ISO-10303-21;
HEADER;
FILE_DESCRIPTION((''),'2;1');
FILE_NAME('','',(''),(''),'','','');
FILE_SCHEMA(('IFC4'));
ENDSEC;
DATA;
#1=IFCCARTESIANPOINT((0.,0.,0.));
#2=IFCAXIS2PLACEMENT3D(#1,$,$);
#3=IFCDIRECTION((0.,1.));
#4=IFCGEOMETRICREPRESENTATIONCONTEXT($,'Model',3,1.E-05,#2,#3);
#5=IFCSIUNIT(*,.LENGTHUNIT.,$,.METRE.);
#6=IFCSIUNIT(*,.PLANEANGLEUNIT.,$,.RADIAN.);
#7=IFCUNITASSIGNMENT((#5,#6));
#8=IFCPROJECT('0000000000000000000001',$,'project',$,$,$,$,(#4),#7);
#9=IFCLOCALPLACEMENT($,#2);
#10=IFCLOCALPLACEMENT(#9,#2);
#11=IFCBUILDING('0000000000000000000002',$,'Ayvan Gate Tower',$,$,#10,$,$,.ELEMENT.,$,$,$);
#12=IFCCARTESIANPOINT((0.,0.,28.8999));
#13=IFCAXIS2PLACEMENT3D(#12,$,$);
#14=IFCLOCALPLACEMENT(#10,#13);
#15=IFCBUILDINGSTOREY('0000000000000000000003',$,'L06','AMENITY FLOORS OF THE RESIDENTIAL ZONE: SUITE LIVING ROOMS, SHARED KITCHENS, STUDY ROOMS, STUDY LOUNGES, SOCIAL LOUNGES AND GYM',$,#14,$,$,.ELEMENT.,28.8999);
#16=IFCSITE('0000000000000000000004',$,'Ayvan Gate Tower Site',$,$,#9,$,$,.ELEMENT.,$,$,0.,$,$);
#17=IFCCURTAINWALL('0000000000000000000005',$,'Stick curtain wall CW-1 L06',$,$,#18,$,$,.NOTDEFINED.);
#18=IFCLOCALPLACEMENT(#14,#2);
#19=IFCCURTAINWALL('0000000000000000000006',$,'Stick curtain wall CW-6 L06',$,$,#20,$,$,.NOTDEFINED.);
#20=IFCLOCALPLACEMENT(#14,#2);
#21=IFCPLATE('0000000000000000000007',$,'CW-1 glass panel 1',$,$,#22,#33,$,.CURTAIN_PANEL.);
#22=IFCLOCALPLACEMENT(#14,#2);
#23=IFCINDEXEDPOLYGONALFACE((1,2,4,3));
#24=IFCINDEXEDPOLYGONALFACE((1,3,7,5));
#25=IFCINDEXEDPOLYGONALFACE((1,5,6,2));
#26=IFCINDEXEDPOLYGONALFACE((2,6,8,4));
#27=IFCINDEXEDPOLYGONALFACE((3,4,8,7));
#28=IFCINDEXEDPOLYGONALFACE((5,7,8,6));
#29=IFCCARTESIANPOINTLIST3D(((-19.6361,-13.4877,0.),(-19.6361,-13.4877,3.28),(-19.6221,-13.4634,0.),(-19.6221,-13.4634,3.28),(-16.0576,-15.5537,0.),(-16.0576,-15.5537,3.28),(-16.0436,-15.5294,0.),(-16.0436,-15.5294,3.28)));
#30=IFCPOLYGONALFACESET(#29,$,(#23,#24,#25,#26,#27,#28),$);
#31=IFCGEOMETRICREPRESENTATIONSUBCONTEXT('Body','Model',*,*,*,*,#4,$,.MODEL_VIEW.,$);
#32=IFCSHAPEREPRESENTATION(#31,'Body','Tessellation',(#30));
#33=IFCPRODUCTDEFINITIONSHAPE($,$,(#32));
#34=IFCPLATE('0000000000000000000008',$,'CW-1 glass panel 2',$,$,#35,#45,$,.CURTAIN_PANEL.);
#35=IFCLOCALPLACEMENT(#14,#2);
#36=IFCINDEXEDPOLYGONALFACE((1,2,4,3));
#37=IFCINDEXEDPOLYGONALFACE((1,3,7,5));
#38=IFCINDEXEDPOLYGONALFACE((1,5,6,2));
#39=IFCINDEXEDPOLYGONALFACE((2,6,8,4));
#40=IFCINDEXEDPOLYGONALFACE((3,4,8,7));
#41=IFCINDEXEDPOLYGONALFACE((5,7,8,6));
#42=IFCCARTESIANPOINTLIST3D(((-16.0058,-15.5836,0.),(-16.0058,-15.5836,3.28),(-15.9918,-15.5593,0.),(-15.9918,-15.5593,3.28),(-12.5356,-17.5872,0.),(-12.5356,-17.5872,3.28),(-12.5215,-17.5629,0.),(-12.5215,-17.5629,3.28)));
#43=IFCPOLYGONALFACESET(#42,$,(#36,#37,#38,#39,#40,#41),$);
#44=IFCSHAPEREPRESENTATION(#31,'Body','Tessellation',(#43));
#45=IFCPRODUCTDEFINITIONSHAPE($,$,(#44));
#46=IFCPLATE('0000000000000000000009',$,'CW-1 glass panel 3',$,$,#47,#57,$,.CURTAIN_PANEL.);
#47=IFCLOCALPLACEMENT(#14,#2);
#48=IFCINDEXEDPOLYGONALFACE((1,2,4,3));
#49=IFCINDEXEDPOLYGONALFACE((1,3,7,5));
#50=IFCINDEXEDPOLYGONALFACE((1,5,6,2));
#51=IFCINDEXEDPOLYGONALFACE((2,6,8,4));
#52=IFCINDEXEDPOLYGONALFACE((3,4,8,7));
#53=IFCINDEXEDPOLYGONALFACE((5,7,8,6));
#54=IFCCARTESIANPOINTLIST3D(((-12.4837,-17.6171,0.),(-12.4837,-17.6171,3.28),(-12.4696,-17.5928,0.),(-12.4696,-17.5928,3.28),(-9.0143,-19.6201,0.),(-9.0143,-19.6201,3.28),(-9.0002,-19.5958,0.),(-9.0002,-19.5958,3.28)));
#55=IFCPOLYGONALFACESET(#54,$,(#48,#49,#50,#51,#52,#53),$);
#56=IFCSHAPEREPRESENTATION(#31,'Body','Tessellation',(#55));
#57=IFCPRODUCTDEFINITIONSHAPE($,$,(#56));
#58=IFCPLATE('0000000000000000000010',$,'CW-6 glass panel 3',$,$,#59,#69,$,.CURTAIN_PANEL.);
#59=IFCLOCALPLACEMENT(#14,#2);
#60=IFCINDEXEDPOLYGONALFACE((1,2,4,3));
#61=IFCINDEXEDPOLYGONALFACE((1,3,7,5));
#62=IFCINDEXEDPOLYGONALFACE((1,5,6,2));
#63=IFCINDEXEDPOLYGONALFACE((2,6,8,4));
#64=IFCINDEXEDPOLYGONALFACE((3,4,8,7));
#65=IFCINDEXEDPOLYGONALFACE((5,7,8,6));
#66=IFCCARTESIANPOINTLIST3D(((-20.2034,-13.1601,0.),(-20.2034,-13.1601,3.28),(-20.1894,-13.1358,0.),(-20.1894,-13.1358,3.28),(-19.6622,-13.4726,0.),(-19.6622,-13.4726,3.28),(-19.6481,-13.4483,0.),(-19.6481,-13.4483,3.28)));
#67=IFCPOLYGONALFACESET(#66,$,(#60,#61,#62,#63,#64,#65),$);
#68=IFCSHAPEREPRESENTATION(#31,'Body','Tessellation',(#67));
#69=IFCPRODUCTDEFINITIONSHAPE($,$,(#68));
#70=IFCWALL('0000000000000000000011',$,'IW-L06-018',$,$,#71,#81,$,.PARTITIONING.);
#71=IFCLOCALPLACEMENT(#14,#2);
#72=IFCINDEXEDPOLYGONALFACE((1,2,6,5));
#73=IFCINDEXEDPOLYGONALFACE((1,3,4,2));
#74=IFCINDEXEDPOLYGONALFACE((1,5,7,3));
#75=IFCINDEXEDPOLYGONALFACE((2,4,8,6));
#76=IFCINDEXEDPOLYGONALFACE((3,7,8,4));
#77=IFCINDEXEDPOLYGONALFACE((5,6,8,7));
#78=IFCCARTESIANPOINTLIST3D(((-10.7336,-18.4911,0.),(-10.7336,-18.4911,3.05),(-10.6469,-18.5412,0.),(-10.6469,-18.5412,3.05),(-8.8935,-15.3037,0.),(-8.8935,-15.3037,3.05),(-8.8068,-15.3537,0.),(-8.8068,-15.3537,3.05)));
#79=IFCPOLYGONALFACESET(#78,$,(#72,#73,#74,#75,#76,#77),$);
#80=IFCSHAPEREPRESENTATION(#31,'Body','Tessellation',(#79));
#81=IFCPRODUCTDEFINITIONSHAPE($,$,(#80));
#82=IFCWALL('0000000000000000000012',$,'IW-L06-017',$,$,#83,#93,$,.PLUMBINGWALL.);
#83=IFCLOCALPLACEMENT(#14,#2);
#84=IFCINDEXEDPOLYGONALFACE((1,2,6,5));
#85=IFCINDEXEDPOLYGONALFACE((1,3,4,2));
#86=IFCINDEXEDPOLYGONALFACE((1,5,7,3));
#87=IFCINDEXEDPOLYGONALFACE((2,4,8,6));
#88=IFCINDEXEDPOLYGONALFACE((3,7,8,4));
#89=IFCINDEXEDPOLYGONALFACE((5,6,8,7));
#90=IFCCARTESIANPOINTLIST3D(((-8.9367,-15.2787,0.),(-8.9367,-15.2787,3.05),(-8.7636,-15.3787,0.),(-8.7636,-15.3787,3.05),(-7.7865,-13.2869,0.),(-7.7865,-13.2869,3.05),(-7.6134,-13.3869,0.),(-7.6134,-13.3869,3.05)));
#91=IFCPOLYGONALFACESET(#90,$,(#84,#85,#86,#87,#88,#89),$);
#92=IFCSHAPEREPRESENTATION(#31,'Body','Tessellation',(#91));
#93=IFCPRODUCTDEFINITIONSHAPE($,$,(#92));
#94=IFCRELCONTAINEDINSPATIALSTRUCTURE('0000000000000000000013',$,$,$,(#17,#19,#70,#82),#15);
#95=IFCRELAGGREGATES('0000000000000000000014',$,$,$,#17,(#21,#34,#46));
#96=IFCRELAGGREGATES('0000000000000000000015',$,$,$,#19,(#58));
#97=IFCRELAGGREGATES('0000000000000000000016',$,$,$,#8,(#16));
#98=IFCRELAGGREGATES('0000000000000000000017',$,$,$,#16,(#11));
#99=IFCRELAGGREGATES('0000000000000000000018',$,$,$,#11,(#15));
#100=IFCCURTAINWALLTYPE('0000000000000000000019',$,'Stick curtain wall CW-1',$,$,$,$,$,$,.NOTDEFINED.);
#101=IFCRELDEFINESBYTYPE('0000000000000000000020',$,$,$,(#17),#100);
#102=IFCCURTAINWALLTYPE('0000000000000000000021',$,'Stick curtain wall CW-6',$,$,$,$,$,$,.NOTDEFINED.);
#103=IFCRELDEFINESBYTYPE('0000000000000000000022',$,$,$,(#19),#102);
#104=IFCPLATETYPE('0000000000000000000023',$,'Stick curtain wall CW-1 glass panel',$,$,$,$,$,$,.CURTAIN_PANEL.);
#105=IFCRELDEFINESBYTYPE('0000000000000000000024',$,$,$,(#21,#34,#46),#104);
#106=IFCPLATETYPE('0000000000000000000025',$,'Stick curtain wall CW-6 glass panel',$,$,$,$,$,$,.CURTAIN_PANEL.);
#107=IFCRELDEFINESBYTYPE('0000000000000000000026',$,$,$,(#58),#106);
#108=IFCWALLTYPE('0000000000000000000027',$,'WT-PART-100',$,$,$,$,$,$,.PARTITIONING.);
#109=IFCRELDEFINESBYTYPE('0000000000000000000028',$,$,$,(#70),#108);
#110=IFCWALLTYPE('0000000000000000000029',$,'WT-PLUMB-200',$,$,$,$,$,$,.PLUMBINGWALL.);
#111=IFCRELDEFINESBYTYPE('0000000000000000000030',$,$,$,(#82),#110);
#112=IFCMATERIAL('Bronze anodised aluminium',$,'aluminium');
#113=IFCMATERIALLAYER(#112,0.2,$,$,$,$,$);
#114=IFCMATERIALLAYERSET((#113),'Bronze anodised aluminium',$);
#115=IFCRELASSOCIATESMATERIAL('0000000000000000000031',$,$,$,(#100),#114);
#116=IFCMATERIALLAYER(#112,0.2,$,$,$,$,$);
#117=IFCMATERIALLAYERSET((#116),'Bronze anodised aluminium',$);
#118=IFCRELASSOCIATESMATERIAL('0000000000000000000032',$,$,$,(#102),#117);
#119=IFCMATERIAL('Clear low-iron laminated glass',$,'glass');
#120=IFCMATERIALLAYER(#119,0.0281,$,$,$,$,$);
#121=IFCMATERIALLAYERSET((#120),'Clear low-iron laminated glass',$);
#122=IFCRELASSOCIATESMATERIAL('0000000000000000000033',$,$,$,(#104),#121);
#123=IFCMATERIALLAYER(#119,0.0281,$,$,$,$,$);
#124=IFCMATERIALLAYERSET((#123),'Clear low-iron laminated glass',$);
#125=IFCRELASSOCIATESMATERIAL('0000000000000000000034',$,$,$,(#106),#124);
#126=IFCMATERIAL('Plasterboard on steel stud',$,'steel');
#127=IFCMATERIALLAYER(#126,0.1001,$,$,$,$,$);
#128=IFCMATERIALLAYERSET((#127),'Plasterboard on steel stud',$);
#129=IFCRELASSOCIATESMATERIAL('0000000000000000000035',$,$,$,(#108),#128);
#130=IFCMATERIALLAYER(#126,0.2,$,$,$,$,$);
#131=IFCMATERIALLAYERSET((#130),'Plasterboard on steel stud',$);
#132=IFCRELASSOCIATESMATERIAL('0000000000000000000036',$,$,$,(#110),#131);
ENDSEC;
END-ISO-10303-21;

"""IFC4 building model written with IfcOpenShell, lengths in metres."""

from ifc_helpers import new_model, si_unit, direction, frame, frame_2d, origin, origin_2d, place, context, subcontext, project, spatial, rectangle, extrude, material, layer, layer_set, type_object, element, aggregate, save


model = new_model("IFC4")

# Units and contexts
model_context = context("Model", 3, precision=1e-05, world=origin(), true_north=direction((0.0, 1.0)))
body_context = subcontext(model_context, "Body", "Model", "MODEL_VIEW")
ifc_project = project(units=[si_unit("LENGTHUNIT", "METRE"), si_unit("PLANEANGLEUNIT", "RADIAN")], contexts=[model_context])

# Site, building, storey
site_placement = place(None, origin())
site = spatial("IfcSite", under=ifc_project, at=site_placement, Name="Ayvan Gate Tower Site", CompositionType="ELEMENT", RefElevation=0.0)
building_placement = place(site_placement, origin())
building = spatial("IfcBuilding", under=site, at=building_placement, Name="Ayvan Gate Tower", CompositionType="ELEMENT")
storey_placement = place(building_placement, frame((0.0, 0.0, 28.8999)))
storey = spatial("IfcBuildingStorey", under=building, at=storey_placement, Name="L06", Description="AMENITY FLOORS OF THE RESIDENTIAL ZONE: SUITE LIVING ROOMS, SHARED KITCHENS, STUDY ROOMS, STUDY LOUNGES, SOCIAL LOUNGES AND GYM", CompositionType="ELEMENT", Elevation=28.8999)

# Curtain walls
ifc_material_1 = material(Name="Bronze anodised aluminium", Category="aluminium")
ifc_layer_1 = layer(ifc_material_1, 0.2)
ifc_layer_set_1 = layer_set([ifc_layer_1], Name="Bronze anodised aluminium")
curtain_wall_type_1 = type_object("IfcCurtainWallType", Name="Stick curtain wall CW-1", PredefinedType="NOTDEFINED", material=ifc_layer_set_1)
curtain_wall_1_placement = place(storey_placement, origin())
curtain_wall_1 = element("IfcCurtainWall", 1, at=curtain_wall_1_placement, inside=storey, type_object=curtain_wall_type_1, Name="Stick curtain wall CW-1 L06", PredefinedType="NOTDEFINED")
ifc_layer_2 = layer(ifc_material_1, 0.2)
ifc_layer_set_2 = layer_set([ifc_layer_2], Name="Bronze anodised aluminium")
curtain_wall_type_2 = type_object("IfcCurtainWallType", Name="Stick curtain wall CW-6", PredefinedType="NOTDEFINED", material=ifc_layer_set_2)
curtain_wall_2_placement = place(storey_placement, origin())
curtain_wall_2 = element("IfcCurtainWall", 2, at=curtain_wall_2_placement, inside=storey, type_object=curtain_wall_type_2, Name="Stick curtain wall CW-6 L06", PredefinedType="NOTDEFINED")

# Plates
ifc_material_2 = material(Name="Clear low-iron laminated glass", Category="glass")
ifc_layer_3 = layer(ifc_material_2, 0.0281)
ifc_layer_set_3 = layer_set([ifc_layer_3], Name="Clear low-iron laminated glass")
plate_type_1 = type_object("IfcPlateType", Name="Stick curtain wall CW-1 glass panel", PredefinedType="CURTAIN_PANEL", material=ifc_layer_set_3)
plate_1_placement = place(storey_placement, frame((-17.8398, -14.5085, 0.0), z_axis=(0.0, 0.0, 1.0), x_axis=(0.866025, -0.5, 0.0)))
plate_1 = element("IfcPlate", 3, at=plate_1_placement, type_object=plate_type_1, Name="CW-1 glass panel 1", PredefinedType="CURTAIN_PANEL", context=body_context, shape_type="SweptSolid", body=[
    extrude(rectangle(XDim=4.1321, YDim=0.0281, at=origin_2d()), origin(), (0.0, 0.0, 1.0), 3.28),
])
plate_2_placement = place(storey_placement, frame((-14.2637, -16.5732, 0.0), z_axis=(0.0, 0.0, 1.0), x_axis=(0.866025, -0.5, 0.0)))
plate_2 = element("IfcPlate", 4, at=plate_2_placement, type_object=plate_type_1, Name="CW-1 glass panel 2", PredefinedType="CURTAIN_PANEL", context=body_context, shape_type="SweptSolid", body=[
    extrude(rectangle(XDim=4.0071, YDim=0.0281, at=origin_2d()), origin(), (0.0, 0.0, 1.0), 3.28),
])
plate_3_placement = place(storey_placement, frame((-10.7419, -18.6064, 0.0), z_axis=(0.0, 0.0, 1.0), x_axis=(0.866025, -0.5, 0.0)))
plate_3 = element("IfcPlate", 5, at=plate_3_placement, type_object=plate_type_1, Name="CW-1 glass panel 3", PredefinedType="CURTAIN_PANEL", context=body_context, shape_type="SweptSolid", body=[
    extrude(rectangle(XDim=4.0061, YDim=0.0281, at=origin_2d()), origin(), (0.0, 0.0, 1.0), 3.28),
])
aggregate(curtain_wall_1, [plate_1, plate_2, plate_3])
ifc_layer_4 = layer(ifc_material_2, 0.0281)
ifc_layer_set_4 = layer_set([ifc_layer_4], Name="Clear low-iron laminated glass")
plate_type_2 = type_object("IfcPlateType", Name="Stick curtain wall CW-6 glass panel", PredefinedType="CURTAIN_PANEL", material=ifc_layer_set_4)
plate_4_placement = place(storey_placement, frame((-19.9258, -13.3042, 0.0), z_axis=(0.0, 0.0, 1.0), x_axis=(0.866025, -0.5, 0.0)))
plate_4 = element("IfcPlate", 6, at=plate_4_placement, type_object=plate_type_2, Name="CW-6 glass panel 3", PredefinedType="CURTAIN_PANEL", context=body_context, shape_type="SweptSolid", body=[
    extrude(rectangle(XDim=0.625, YDim=0.0281, at=origin_2d()), origin(), (0.0, 0.0, 1.0), 3.28),
])
aggregate(curtain_wall_2, [plate_4])

# Walls
ifc_material_3 = material(Name="Plasterboard on steel stud", Category="steel")
ifc_layer_5 = layer(ifc_material_3, 0.1001)
ifc_layer_set_5 = layer_set([ifc_layer_5], Name="Plasterboard on steel stud")
wall_type_1 = type_object("IfcWallType", Name="WT-PART-100", PredefinedType="PARTITIONING", material=ifc_layer_set_5)
wall_1_placement = place(storey_placement, frame((-8.8501, -15.3286, 0.0), z_axis=(0.0, 0.0, 1.0), x_axis=(-0.499956, -0.866051, 0.0)))
element("IfcWall", 7, at=wall_1_placement, inside=storey, type_object=wall_type_1, Name="IW-L06-018", PredefinedType="PARTITIONING", context=body_context, shape_type="SweptSolid", body=[
    extrude(rectangle(XDim=3.6804, YDim=0.1001, at=frame_2d((1.8403, 0.0))), origin(), (0.0, 0.0, 1.0), 3.05),
])
ifc_layer_6 = layer(ifc_material_3, 0.2)
ifc_layer_set_6 = layer_set([ifc_layer_6], Name="Plasterboard on steel stud")
wall_type_2 = type_object("IfcWallType", Name="WT-PLUMB-200", PredefinedType="PLUMBINGWALL", material=ifc_layer_set_6)
wall_2_placement = place(storey_placement, frame((-8.8501, -15.3286, 0.0), z_axis=(0.0, 0.0, 1.0), x_axis=(0.500078, 0.865981, 0.0)))
element("IfcWall", 8, at=wall_2_placement, inside=storey, type_object=wall_type_2, Name="IW-L06-017", PredefinedType="PLUMBINGWALL", context=body_context, shape_type="SweptSolid", body=[
    extrude(rectangle(XDim=2.3, YDim=0.2, at=frame_2d((1.1499, 0.0))), origin(), (0.0, 0.0, 1.0), 3.05),
])

save(model, "model.ifc")
